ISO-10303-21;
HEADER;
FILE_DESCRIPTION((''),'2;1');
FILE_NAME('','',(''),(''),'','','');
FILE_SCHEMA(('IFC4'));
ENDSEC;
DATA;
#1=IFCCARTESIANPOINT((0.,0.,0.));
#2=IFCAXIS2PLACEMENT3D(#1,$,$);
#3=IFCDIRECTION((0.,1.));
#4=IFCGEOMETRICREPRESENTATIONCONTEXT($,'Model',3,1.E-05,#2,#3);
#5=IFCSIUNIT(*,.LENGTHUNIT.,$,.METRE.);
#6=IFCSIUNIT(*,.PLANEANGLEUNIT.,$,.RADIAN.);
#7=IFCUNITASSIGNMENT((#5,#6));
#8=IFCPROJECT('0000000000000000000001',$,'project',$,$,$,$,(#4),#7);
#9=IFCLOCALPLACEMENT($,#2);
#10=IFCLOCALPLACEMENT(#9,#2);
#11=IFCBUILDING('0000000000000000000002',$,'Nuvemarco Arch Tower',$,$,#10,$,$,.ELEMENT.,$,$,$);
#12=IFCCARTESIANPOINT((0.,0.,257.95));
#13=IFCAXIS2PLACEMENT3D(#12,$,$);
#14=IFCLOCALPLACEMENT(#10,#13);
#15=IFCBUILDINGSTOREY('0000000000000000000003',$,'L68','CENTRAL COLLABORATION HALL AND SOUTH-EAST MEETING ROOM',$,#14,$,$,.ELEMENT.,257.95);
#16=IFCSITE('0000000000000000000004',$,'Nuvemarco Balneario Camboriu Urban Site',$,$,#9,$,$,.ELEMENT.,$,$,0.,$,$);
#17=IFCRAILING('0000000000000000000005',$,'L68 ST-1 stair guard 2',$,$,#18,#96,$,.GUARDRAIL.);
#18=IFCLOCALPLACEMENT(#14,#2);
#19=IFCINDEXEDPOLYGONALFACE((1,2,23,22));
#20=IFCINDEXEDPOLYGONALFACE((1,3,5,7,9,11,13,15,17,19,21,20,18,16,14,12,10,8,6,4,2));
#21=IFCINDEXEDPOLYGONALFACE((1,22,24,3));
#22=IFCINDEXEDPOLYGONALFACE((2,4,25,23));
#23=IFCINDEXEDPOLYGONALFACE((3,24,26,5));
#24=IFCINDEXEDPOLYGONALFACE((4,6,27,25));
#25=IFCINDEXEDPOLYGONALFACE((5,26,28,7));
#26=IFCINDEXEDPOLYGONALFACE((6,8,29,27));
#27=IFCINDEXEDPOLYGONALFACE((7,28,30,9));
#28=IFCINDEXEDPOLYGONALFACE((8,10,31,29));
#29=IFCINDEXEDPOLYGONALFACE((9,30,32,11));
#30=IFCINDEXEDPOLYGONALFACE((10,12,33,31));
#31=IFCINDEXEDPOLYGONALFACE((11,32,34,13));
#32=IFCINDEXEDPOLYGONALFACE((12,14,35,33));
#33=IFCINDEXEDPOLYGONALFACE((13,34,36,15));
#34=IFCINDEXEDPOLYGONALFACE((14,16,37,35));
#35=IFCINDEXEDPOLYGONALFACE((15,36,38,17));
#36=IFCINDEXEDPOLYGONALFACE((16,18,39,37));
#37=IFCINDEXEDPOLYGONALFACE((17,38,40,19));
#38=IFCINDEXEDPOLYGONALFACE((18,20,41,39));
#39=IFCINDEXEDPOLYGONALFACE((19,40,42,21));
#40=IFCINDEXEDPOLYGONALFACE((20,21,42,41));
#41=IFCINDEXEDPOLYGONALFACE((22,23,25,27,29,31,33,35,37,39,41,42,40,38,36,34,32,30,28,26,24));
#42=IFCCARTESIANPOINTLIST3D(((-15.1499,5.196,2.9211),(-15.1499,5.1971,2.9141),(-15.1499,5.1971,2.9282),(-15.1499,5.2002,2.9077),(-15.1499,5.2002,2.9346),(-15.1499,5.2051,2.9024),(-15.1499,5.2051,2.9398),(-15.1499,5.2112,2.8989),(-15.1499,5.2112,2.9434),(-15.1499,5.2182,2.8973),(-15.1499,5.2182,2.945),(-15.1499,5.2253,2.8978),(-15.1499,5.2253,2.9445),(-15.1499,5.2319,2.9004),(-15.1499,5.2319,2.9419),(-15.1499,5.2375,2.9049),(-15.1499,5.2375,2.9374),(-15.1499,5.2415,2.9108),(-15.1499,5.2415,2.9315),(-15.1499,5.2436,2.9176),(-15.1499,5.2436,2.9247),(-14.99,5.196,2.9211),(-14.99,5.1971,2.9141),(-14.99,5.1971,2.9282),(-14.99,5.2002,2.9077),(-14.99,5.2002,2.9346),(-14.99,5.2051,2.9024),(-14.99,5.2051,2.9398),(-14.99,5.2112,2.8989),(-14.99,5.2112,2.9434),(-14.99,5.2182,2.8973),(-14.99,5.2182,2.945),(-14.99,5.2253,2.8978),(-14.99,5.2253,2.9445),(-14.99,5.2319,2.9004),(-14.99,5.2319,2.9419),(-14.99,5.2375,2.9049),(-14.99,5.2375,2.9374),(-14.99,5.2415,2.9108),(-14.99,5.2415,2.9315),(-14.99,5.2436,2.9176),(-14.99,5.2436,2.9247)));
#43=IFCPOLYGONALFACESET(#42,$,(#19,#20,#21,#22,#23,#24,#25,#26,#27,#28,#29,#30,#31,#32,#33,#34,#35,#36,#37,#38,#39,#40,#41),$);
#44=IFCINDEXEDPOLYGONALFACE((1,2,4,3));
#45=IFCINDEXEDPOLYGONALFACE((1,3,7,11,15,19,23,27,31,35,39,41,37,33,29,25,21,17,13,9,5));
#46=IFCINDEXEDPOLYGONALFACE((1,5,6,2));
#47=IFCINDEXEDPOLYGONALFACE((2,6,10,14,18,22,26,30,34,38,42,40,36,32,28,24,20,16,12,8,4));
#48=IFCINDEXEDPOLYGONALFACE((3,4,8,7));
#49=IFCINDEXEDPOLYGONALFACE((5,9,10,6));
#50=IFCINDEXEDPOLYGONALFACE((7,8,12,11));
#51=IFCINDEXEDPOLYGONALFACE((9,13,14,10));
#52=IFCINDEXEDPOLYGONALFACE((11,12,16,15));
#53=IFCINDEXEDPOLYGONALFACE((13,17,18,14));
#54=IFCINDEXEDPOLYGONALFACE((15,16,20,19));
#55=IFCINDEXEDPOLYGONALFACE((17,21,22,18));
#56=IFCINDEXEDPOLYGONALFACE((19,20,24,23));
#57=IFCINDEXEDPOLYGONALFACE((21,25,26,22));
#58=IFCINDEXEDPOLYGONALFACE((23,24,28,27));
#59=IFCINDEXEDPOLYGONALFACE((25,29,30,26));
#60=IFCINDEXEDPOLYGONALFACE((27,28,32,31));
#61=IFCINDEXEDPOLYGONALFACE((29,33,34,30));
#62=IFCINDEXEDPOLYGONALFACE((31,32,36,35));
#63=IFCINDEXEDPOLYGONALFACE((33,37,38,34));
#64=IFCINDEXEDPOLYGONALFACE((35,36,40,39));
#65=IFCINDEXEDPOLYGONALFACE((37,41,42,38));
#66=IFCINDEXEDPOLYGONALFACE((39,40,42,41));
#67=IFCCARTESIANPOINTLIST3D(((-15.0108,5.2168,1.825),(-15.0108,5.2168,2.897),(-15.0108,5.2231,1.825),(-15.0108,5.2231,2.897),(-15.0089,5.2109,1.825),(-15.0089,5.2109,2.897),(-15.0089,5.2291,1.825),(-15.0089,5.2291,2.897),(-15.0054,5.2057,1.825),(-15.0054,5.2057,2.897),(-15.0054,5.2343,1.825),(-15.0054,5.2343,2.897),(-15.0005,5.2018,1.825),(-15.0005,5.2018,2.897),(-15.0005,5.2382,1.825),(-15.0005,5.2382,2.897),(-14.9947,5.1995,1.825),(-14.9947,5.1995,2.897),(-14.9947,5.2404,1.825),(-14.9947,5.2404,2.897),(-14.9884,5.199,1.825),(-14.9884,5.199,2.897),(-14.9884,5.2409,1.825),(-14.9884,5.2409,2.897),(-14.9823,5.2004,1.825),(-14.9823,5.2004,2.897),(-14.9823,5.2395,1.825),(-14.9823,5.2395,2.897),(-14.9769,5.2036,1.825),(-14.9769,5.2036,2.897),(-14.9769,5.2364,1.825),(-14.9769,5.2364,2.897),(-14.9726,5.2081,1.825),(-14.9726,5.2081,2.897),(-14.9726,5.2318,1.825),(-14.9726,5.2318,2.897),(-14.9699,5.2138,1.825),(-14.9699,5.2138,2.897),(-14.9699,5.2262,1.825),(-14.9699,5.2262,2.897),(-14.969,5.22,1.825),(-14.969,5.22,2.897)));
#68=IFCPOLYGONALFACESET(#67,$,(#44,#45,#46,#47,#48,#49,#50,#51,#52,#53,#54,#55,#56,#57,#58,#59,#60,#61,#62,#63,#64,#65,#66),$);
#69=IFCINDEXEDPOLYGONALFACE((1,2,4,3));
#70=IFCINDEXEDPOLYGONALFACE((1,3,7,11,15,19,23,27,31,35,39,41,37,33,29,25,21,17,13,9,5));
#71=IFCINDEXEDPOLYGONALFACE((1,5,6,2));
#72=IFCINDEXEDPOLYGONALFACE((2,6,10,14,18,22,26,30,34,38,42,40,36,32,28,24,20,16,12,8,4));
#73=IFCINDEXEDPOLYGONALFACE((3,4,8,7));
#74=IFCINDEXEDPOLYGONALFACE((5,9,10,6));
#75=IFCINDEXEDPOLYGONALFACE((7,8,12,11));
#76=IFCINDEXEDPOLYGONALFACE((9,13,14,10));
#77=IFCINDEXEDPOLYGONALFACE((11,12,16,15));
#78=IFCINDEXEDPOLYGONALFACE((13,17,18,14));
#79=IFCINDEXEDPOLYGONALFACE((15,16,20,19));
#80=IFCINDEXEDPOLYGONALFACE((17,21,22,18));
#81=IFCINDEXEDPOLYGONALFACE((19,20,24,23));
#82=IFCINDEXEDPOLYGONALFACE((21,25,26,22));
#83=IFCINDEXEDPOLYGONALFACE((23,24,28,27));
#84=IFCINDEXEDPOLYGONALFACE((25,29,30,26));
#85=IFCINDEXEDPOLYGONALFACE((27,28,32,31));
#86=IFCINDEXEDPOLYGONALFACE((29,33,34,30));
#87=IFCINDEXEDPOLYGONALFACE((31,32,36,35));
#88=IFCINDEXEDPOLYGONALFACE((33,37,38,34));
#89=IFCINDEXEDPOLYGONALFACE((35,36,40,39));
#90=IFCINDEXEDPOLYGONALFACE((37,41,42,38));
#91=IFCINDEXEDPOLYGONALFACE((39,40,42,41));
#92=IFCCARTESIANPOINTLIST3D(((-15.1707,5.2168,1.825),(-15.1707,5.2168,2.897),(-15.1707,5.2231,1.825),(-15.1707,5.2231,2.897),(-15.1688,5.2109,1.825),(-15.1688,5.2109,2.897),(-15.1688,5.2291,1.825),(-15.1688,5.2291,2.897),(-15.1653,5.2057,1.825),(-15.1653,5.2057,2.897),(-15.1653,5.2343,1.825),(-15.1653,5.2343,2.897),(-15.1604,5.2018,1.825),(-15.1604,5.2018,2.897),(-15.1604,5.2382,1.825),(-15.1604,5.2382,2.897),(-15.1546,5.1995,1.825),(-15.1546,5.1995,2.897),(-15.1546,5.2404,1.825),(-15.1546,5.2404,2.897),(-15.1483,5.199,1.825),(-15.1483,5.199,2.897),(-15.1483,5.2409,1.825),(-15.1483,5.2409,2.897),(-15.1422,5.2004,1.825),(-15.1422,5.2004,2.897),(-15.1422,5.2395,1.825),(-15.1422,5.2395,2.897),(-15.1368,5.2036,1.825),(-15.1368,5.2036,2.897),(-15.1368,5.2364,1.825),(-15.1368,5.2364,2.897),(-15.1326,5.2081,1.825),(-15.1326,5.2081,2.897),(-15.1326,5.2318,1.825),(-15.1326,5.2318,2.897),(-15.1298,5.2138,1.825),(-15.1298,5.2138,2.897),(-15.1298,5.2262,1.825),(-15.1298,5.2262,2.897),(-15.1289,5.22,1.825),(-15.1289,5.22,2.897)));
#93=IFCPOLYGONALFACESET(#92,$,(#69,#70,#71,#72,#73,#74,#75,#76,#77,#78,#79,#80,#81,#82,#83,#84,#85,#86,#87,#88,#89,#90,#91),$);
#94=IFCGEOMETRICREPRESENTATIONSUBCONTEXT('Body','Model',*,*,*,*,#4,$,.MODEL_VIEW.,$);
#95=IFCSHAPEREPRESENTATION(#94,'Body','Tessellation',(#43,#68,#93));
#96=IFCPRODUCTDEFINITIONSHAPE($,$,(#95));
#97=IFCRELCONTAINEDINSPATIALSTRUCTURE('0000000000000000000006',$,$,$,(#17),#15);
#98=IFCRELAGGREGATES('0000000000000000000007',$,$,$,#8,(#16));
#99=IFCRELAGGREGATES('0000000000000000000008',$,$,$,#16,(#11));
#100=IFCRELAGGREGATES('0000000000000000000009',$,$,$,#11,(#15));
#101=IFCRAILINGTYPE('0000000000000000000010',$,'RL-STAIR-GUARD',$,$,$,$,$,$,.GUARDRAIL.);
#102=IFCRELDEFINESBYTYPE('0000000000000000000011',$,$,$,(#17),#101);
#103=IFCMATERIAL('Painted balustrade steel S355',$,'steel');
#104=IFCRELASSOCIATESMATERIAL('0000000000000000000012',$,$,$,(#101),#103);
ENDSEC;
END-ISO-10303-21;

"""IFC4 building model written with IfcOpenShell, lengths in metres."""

from ifc_helpers import new_model, si_unit, direction, frame, origin, origin_2d, place, context, subcontext, project, spatial, circle, extrude, material, type_object, element, save


model = new_model("IFC4")

# Units and contexts
model_context = context("Model", 3, precision=1e-05, world=origin(), true_north=direction((0.0, 1.0)))
body_context = subcontext(model_context, "Body", "Model", "MODEL_VIEW")
ifc_project = project(units=[si_unit("LENGTHUNIT", "METRE"), si_unit("PLANEANGLEUNIT", "RADIAN")], contexts=[model_context])

# Site, building, storey
site_placement = place(None, origin())
site = spatial("IfcSite", under=ifc_project, at=site_placement, Name="Nuvemarco Balneario Camboriu Urban Site", CompositionType="ELEMENT", RefElevation=0.0)
building_placement = place(site_placement, origin())
building = spatial("IfcBuilding", under=site, at=building_placement, Name="Nuvemarco Arch Tower", CompositionType="ELEMENT")
storey_placement = place(building_placement, frame((0.0, 0.0, 257.95)))
storey = spatial("IfcBuildingStorey", under=building, at=storey_placement, Name="L68", Description="CENTRAL COLLABORATION HALL AND SOUTH-EAST MEETING ROOM", CompositionType="ELEMENT", Elevation=257.95)

# Railing
ifc_material_1 = material(Name="Painted balustrade steel S355", Category="steel")
railing_type_1 = type_object("IfcRailingType", Name="RL-STAIR-GUARD", PredefinedType="GUARDRAIL", material=ifc_material_1)
railing_1_placement = place(storey_placement, frame((-14.99, 5.22, 1.825)))
element("IfcRailing", 1, at=railing_1_placement, inside=storey, type_object=railing_type_1, Name="L68 ST-1 stair guard 2", PredefinedType="GUARDRAIL", context=body_context, shape_type="SweptSolid", body=[
    extrude(circle(Radius=0.0239, at=origin_2d()), frame((0.0, 0.0, 1.0962), z_axis=(-1.0, 0.0, 0.0), x_axis=(0.0, -1.0, 0.0)), (0.0, 0.0, 1.0), 0.1599),
    extrude(circle(Radius=0.021, at=origin_2d()), origin(), (0.0, 0.0, 1.0), 1.072),
    extrude(circle(Radius=0.021, at=origin_2d()), frame((-0.1599, 0.0, 0.0)), (0.0, 0.0, 1.0), 1.072),
])

save(model, "model.ifc")
